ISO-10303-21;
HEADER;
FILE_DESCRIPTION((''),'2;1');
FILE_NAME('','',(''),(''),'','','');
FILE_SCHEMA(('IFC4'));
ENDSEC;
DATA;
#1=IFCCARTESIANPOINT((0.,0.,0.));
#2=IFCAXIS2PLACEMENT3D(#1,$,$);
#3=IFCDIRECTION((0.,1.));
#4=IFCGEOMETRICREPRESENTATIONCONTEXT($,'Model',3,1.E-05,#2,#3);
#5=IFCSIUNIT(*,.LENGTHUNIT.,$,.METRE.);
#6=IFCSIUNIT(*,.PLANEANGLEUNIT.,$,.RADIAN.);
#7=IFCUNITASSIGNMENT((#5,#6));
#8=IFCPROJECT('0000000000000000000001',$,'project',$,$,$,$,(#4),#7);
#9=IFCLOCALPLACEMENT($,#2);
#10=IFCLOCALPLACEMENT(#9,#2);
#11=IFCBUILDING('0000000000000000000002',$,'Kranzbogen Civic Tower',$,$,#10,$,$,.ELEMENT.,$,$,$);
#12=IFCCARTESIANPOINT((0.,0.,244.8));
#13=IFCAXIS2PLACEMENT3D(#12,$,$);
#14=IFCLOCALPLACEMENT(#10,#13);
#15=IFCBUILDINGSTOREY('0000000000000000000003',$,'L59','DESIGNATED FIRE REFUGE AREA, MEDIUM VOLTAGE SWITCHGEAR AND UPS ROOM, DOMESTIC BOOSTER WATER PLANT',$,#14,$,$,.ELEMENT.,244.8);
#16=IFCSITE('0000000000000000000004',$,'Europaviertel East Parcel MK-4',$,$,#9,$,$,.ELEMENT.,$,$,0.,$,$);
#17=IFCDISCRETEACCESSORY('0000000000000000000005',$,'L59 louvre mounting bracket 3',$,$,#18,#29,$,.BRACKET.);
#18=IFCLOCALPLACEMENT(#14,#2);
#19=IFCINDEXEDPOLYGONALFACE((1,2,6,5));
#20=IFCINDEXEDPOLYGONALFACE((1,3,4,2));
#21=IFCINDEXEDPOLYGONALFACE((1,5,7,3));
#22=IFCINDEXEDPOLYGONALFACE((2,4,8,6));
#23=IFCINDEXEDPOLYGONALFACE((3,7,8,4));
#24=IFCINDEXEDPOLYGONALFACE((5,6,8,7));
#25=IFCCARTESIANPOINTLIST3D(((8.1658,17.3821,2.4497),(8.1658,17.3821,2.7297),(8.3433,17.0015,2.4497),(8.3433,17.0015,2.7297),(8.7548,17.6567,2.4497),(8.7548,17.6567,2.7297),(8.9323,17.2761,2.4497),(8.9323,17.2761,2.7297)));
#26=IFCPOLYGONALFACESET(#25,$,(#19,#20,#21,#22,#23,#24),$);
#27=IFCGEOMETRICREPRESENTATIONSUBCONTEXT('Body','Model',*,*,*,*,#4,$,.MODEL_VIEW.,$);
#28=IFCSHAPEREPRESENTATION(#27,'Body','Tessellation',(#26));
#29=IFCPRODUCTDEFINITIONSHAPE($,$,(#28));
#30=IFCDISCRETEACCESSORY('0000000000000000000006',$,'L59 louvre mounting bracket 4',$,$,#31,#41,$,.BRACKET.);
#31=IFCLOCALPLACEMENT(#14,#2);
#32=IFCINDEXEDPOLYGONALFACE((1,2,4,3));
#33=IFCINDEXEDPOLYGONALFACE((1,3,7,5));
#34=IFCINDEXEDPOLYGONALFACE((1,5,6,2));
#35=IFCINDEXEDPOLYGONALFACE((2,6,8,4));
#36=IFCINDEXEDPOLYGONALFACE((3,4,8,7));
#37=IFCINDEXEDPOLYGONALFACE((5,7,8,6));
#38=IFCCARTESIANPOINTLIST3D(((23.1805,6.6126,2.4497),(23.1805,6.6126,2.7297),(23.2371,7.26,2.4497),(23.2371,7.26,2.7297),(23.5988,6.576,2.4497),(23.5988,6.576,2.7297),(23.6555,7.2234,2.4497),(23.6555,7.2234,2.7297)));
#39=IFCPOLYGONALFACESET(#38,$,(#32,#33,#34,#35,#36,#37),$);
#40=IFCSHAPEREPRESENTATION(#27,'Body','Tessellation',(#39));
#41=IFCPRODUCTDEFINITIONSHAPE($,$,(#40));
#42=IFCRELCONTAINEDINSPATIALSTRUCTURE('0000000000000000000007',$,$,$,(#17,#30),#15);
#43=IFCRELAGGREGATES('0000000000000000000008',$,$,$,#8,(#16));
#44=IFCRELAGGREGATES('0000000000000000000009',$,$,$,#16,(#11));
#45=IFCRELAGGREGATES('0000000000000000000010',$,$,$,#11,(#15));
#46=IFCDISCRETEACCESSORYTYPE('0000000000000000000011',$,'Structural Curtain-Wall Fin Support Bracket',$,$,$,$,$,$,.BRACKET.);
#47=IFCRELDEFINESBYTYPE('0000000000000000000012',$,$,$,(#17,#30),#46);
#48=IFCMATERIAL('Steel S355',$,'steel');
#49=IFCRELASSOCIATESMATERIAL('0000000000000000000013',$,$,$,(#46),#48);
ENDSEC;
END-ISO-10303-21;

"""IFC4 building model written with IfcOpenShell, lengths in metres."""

from ifc_helpers import new_model, si_unit, direction, frame, origin, origin_2d, place, context, subcontext, project, spatial, rectangle, extrude, material, type_object, element, save


model = new_model("IFC4")

# Units and contexts
model_context = context("Model", 3, precision=1e-05, world=origin(), true_north=direction((0.0, 1.0)))
body_context = subcontext(model_context, "Body", "Model", "MODEL_VIEW")
ifc_project = project(units=[si_unit("LENGTHUNIT", "METRE"), si_unit("PLANEANGLEUNIT", "RADIAN")], contexts=[model_context])

# Site, building, storey
site_placement = place(None, origin())
site = spatial("IfcSite", under=ifc_project, at=site_placement, Name="Europaviertel East Parcel MK-4", CompositionType="ELEMENT", RefElevation=0.0)
building_placement = place(site_placement, origin())
building = spatial("IfcBuilding", under=site, at=building_placement, Name="Kranzbogen Civic Tower", CompositionType="ELEMENT")
storey_placement = place(building_placement, frame((0.0, 0.0, 244.8)))
storey = spatial("IfcBuildingStorey", under=building, at=storey_placement, Name="L59", Description="DESIGNATED FIRE REFUGE AREA, MEDIUM VOLTAGE SWITCHGEAR AND UPS ROOM, DOMESTIC BOOSTER WATER PLANT", CompositionType="ELEMENT", Elevation=244.8)

# Shared definitions
ifc_material_1 = material(Name="Steel S355", Category="steel")

# Discrete accessories
discrete_accessory_type = type_object("IfcDiscreteAccessoryType", Name="Structural Curtain-Wall Fin Support Bracket", PredefinedType="BRACKET", material=ifc_material_1)
for number, where, z_axis, x_axis, name in (
    (1, (8.5491, 17.3291, 2.4497), (0.0, 0.0, 1.0), (-0.906308, -0.422618, 0.0), "L59 louvre mounting bracket 3"),
    (2, (23.418, 6.918, 2.4497), (0.0, 0.0, 1.0), (-0.087156, -0.996195, 0.0), "L59 louvre mounting bracket 4"),
):
    element("IfcDiscreteAccessory", number, at=place(storey_placement, frame(where, z_axis=z_axis, x_axis=x_axis)), inside=storey, type_object=discrete_accessory_type, Name=name, PredefinedType="BRACKET", context=body_context, shape_type="SweptSolid", body=[
        extrude(rectangle(XDim=0.6499, YDim=0.4199, at=origin_2d()), origin(), (0.0, 0.0, 1.0), 0.28),
    ])

save(model, "model.ifc")
